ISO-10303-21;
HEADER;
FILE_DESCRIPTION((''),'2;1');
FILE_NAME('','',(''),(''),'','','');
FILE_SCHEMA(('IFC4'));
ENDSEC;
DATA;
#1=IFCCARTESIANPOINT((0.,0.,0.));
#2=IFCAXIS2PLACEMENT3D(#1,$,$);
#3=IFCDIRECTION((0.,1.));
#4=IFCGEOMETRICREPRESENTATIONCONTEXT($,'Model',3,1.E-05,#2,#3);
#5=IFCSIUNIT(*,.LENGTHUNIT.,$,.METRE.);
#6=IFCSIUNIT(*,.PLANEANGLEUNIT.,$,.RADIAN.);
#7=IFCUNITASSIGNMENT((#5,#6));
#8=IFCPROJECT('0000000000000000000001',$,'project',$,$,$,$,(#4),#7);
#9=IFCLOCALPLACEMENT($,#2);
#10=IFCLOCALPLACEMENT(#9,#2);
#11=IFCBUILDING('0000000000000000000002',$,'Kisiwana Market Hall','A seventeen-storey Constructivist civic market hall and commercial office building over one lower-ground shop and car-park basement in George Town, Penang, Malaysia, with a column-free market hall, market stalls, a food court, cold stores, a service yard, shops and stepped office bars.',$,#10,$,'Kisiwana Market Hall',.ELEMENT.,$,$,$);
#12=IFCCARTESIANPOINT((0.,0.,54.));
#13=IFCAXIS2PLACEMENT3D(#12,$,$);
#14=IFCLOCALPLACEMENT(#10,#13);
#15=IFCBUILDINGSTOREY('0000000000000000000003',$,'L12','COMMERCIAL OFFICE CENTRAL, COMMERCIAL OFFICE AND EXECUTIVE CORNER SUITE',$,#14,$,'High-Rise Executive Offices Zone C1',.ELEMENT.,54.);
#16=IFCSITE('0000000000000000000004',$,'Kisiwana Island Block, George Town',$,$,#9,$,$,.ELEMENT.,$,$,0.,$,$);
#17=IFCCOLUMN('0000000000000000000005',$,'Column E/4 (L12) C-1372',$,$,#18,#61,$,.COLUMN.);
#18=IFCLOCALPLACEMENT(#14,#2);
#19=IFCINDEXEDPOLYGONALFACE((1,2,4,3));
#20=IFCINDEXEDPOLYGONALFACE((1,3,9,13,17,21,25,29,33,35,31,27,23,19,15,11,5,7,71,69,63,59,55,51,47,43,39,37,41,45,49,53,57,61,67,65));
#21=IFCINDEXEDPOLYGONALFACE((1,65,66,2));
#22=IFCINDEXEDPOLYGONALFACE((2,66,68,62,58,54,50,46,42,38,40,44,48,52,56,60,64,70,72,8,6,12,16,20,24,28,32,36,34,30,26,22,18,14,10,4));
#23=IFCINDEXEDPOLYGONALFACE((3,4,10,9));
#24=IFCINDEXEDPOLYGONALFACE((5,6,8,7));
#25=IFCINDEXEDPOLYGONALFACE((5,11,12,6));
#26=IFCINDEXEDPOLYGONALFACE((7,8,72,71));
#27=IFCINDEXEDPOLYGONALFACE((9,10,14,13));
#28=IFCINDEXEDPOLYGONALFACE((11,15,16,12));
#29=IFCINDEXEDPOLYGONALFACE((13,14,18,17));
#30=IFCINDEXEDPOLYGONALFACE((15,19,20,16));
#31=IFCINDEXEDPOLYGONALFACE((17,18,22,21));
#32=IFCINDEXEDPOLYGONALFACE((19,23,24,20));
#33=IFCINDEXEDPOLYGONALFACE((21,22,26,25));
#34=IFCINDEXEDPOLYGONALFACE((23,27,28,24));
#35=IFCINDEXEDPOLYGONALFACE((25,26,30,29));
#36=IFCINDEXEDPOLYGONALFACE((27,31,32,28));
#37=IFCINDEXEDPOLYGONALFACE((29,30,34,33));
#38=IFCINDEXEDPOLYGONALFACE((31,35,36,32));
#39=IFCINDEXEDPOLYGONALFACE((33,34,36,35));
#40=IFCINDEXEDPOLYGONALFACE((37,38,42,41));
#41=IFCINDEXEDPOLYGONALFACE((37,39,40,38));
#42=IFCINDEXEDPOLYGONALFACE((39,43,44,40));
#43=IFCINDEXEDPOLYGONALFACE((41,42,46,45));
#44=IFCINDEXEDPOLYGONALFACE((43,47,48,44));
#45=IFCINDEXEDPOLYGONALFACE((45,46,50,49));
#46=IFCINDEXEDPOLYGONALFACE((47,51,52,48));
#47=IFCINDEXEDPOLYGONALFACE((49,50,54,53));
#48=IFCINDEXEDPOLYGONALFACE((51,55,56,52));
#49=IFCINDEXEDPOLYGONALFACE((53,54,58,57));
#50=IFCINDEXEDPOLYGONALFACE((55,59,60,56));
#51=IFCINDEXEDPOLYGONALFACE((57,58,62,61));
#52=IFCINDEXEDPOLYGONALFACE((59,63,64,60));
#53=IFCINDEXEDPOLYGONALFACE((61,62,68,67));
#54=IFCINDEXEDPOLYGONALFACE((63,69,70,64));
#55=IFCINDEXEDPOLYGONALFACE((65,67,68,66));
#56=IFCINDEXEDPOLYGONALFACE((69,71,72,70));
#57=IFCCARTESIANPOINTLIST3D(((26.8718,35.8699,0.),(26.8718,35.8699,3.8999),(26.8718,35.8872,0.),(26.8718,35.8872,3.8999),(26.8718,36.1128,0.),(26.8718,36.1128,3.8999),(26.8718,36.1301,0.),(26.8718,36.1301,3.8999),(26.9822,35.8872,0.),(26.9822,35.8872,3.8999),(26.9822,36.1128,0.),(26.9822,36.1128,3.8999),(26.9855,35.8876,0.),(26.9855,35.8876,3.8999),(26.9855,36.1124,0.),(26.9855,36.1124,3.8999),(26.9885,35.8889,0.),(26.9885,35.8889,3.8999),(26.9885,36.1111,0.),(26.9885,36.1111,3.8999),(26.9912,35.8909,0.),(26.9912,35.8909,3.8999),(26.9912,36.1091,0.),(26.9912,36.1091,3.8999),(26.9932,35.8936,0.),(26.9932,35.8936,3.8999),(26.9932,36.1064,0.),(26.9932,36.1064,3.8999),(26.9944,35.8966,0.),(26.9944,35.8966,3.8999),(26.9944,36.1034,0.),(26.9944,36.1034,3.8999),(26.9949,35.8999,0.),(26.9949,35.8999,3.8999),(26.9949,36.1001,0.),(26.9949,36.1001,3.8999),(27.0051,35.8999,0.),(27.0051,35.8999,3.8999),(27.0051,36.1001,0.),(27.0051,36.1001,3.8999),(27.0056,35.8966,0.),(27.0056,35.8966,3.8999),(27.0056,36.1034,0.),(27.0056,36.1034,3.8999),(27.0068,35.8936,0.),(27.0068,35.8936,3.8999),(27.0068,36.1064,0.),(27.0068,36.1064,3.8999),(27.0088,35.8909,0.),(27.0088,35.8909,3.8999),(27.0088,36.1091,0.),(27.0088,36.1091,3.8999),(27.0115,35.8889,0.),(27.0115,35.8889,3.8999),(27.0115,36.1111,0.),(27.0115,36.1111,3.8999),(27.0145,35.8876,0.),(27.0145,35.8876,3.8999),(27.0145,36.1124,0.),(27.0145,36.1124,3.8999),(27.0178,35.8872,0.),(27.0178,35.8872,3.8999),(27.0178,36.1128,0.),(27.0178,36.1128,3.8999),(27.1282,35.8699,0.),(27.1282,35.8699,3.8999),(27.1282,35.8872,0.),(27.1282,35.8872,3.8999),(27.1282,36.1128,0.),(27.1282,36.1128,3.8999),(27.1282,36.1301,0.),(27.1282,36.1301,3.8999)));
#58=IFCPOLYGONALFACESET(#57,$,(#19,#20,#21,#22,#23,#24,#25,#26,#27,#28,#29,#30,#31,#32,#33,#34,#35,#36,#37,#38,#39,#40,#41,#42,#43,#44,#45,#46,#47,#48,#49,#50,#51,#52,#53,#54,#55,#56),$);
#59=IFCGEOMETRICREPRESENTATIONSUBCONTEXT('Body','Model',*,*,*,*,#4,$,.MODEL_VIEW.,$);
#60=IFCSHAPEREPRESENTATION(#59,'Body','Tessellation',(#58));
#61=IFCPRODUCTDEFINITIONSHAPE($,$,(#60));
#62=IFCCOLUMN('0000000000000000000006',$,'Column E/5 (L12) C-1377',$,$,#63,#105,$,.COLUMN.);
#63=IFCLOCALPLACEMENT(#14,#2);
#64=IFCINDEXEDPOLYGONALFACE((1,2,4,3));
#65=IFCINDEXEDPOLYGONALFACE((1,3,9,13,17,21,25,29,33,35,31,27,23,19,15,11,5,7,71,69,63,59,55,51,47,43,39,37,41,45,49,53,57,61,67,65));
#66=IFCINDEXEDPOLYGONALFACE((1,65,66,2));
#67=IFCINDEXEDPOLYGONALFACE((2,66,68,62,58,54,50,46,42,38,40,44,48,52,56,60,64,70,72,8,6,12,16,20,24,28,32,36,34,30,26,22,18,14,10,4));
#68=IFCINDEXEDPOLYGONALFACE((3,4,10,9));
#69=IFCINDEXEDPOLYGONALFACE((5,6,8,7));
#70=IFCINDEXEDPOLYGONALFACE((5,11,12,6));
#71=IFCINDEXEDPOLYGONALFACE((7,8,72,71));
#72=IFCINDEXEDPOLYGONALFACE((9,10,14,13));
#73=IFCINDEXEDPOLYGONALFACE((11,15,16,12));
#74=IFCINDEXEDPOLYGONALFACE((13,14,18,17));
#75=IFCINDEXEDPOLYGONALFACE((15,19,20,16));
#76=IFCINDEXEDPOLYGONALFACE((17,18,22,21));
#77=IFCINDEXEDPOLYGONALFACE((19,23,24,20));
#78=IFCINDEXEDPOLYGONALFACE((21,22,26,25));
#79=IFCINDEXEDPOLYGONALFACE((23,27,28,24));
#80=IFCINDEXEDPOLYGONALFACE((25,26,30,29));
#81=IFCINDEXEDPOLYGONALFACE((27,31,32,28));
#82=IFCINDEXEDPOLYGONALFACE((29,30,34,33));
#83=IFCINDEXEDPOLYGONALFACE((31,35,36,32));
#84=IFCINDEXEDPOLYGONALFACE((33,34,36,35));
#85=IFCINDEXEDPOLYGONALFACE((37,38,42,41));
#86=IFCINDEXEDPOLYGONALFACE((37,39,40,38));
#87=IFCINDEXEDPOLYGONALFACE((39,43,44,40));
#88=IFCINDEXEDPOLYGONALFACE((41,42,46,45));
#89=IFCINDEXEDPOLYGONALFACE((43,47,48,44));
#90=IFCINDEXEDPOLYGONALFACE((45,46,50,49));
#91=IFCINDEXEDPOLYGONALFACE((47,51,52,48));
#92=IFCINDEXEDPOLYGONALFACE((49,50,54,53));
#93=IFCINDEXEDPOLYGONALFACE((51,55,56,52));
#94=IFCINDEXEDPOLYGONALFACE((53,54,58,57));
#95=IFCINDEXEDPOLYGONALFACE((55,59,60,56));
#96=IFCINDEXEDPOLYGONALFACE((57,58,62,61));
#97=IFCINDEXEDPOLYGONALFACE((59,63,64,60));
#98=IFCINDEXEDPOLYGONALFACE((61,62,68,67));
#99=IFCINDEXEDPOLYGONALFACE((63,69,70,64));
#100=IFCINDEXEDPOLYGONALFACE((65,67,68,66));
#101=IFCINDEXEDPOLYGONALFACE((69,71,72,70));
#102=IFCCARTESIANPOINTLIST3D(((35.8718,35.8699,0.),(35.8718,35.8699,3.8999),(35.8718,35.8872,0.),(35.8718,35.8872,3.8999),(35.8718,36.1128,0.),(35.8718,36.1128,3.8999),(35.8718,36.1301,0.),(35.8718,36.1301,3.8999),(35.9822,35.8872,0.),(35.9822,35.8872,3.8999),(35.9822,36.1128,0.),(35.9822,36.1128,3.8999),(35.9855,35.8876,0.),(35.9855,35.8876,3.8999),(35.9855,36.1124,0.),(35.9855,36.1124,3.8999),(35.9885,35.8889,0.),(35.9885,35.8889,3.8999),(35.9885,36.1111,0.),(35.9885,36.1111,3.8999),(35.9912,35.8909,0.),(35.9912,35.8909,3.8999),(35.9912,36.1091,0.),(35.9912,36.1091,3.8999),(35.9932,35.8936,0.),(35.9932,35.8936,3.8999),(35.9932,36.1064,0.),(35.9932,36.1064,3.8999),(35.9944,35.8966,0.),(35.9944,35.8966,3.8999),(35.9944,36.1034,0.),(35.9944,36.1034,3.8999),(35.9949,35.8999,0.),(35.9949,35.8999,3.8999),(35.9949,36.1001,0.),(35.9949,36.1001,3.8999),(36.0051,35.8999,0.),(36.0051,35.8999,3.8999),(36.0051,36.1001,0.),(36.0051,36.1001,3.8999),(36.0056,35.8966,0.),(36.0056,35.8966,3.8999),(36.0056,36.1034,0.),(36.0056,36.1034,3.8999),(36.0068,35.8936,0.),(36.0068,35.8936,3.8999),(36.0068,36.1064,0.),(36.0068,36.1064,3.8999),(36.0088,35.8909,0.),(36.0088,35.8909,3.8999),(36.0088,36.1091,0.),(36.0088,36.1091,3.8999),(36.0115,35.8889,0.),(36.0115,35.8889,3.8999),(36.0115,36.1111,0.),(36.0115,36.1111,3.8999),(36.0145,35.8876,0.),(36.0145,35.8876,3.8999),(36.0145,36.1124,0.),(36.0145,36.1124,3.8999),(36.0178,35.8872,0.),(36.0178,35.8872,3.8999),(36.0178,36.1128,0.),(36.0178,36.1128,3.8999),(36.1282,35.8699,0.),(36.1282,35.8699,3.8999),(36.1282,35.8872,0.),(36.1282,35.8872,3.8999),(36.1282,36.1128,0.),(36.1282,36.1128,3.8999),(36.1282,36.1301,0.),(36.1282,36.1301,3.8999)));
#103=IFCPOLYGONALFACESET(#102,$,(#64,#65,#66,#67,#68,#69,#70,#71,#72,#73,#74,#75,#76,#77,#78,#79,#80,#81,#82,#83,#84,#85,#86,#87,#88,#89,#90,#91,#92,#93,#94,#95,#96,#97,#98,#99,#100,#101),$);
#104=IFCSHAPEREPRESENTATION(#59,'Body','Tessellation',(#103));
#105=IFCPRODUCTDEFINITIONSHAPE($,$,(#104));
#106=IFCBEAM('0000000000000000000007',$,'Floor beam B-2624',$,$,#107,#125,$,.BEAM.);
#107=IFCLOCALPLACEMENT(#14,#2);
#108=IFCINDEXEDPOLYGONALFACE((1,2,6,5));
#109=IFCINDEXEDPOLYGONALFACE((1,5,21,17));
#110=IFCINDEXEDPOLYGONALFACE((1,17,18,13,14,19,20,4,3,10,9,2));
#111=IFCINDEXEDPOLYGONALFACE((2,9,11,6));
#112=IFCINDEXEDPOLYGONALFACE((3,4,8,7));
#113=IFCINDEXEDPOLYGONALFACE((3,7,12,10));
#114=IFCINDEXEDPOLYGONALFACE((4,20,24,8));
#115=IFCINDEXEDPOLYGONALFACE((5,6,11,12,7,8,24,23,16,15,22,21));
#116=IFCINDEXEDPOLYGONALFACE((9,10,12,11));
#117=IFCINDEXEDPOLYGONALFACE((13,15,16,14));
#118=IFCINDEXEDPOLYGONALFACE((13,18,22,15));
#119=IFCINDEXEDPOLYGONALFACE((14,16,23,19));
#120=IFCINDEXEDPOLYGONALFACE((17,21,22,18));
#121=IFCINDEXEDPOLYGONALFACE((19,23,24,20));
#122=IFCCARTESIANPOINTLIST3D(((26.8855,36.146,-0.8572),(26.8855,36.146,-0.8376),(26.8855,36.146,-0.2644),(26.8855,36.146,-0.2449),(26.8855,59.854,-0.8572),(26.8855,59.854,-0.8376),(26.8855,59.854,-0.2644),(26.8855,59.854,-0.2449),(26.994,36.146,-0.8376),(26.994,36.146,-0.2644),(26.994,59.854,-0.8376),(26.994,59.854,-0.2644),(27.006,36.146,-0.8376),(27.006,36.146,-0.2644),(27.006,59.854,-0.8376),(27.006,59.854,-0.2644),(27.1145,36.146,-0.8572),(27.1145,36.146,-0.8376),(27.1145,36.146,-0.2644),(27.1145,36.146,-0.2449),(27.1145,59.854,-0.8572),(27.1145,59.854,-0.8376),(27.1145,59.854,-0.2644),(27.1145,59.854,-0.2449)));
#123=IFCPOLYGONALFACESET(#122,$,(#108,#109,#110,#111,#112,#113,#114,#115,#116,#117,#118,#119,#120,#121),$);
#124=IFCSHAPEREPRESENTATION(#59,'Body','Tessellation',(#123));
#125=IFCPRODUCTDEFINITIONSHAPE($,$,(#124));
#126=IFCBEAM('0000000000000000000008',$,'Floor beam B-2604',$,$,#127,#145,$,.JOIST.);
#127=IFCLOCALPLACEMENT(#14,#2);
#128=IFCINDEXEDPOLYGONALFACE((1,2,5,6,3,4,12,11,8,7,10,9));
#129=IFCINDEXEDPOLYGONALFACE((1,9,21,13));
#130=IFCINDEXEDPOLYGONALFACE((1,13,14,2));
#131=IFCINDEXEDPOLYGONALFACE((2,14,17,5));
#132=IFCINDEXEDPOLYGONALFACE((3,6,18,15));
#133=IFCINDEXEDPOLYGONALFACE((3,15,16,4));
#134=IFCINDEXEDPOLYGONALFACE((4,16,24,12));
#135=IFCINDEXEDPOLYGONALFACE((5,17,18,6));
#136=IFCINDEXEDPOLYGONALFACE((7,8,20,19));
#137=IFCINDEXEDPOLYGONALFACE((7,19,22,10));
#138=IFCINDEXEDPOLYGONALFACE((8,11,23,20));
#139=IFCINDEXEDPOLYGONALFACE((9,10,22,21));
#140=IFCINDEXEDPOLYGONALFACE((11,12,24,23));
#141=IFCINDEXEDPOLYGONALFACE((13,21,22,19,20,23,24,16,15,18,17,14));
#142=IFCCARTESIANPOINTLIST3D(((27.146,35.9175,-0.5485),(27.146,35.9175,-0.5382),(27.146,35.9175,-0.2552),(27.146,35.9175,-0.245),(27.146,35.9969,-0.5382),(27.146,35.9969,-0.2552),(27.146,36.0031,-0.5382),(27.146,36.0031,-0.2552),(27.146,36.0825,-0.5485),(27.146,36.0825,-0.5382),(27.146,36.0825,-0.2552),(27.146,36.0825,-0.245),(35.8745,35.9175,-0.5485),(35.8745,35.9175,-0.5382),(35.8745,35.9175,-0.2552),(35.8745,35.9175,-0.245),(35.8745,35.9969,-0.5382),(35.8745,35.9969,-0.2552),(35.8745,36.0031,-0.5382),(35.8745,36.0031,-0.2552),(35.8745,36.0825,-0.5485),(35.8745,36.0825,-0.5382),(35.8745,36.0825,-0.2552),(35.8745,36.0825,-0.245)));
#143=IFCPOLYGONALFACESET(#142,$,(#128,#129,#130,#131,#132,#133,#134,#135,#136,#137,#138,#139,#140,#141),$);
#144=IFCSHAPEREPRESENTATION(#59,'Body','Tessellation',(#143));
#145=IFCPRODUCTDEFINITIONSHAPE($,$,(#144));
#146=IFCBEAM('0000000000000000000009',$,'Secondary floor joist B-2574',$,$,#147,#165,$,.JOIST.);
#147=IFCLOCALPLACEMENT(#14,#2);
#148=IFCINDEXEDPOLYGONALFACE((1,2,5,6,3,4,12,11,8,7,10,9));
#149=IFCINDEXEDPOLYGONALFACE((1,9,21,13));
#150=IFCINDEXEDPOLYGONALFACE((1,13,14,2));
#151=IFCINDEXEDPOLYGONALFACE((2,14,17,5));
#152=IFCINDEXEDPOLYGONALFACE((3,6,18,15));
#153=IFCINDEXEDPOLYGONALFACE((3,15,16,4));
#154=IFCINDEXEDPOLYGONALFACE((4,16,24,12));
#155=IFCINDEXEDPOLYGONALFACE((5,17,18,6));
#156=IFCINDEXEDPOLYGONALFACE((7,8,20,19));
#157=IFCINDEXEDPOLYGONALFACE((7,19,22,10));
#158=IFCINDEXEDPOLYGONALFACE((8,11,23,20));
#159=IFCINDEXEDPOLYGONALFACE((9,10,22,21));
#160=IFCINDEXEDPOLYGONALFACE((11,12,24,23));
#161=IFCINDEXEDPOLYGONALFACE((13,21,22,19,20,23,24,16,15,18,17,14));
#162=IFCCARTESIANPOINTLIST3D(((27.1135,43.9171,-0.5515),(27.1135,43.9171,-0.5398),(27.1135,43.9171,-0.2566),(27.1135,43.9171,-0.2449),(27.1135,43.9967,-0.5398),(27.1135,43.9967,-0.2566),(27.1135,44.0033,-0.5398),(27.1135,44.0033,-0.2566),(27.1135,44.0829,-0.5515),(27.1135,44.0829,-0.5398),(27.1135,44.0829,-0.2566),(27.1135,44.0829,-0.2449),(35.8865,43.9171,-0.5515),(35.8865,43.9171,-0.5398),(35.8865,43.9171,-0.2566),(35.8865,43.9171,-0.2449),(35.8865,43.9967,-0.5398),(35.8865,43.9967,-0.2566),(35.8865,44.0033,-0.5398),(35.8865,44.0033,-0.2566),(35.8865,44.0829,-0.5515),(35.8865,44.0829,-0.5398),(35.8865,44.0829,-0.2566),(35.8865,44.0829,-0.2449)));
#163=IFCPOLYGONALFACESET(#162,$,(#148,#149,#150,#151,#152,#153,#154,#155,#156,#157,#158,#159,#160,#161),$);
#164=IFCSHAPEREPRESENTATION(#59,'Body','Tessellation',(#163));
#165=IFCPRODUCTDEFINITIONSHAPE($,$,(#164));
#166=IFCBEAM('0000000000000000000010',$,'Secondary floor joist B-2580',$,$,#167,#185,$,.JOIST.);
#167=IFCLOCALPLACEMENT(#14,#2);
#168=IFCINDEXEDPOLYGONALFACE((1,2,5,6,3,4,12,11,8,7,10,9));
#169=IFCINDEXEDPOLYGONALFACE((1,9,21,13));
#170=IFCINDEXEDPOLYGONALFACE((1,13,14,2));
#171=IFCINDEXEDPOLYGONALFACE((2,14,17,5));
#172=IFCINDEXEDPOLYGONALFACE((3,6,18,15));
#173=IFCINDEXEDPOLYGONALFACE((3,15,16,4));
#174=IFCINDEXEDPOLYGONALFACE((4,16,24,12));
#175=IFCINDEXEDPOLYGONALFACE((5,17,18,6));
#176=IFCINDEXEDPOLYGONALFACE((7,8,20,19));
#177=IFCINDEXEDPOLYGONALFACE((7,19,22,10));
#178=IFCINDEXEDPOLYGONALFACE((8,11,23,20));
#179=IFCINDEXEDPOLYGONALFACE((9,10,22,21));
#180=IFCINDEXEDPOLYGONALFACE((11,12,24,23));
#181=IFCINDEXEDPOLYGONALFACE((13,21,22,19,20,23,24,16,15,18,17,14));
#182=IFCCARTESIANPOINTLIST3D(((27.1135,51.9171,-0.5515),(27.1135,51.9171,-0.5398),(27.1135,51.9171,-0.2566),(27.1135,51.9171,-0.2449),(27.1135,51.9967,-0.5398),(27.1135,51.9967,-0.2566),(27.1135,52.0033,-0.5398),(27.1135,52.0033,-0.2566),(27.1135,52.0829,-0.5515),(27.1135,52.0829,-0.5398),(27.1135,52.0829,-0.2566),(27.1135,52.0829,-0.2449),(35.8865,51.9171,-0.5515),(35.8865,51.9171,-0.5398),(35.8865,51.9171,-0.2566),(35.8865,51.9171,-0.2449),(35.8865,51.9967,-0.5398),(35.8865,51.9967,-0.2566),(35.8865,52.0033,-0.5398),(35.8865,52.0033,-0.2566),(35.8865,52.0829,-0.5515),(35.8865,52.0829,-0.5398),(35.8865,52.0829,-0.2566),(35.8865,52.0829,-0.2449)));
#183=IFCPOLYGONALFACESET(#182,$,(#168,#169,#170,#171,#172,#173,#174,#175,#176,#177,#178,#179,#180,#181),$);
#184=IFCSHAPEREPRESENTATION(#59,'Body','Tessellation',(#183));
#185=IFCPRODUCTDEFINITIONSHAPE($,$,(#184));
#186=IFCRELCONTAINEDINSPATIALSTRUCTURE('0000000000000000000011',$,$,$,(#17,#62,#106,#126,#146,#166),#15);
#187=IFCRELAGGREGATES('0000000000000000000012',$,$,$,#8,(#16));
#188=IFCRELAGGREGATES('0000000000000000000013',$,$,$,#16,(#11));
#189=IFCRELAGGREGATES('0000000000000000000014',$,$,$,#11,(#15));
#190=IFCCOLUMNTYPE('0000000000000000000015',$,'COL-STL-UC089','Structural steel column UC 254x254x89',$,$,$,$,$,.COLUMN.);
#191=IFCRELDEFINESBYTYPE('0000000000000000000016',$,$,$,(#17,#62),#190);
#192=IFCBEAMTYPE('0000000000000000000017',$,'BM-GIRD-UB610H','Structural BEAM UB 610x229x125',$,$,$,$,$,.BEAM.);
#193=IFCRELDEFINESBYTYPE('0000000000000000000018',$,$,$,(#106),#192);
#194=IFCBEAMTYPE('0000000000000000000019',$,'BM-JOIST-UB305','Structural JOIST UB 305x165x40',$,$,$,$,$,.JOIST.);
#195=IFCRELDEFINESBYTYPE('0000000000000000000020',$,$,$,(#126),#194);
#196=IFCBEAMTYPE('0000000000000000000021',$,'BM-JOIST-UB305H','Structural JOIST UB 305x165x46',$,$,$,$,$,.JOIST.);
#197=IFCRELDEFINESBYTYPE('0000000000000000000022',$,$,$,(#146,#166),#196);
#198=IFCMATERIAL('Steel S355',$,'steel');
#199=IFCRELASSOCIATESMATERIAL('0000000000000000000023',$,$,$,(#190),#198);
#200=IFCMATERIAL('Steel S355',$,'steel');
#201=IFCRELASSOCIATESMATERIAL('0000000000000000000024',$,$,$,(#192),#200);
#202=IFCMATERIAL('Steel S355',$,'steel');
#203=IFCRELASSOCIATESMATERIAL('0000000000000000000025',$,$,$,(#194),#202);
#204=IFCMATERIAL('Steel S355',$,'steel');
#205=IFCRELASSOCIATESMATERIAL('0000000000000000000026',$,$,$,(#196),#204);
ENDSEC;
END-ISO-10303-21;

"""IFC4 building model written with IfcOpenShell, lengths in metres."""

from ifc_helpers import new_model, si_unit, direction, frame, origin, origin_2d, place, context, subcontext, project, spatial, i_section, extrude, material, material_profile, profile_set, type_object, element, save


model = new_model("IFC4")

# Units and contexts
model_context = context("Model", 3, precision=1e-05, world=origin(), true_north=direction((0.0, 1.0)))
body_context = subcontext(model_context, "Body", "Model", "MODEL_VIEW")
ifc_project = project(units=[si_unit("LENGTHUNIT", "METRE"), si_unit("PLANEANGLEUNIT", "RADIAN")], contexts=[model_context])

# Site, building, storey
site_placement = place(None, origin())
site = spatial("IfcSite", under=ifc_project, at=site_placement, Name="Kisiwana Island Block, George Town", CompositionType="ELEMENT", RefElevation=0.0)
building_placement = place(site_placement, origin())
building = spatial("IfcBuilding", under=site, at=building_placement, Name="Kisiwana Market Hall", Description="A seventeen-storey Constructivist civic market hall and commercial office building over one lower-ground shop and car-park basement in George Town, Penang, Malaysia, with a column-free market hall, market stalls, a food court, cold stores, a service yard, shops and stepped office bars.", LongName="Kisiwana Market Hall", CompositionType="ELEMENT")
storey_placement = place(building_placement, frame((0.0, 0.0, 54.0)))
storey = spatial("IfcBuildingStorey", under=building, at=storey_placement, Name="L12", Description="COMMERCIAL OFFICE CENTRAL, COMMERCIAL OFFICE AND EXECUTIVE CORNER SUITE", LongName="High-Rise Executive Offices Zone C1", CompositionType="ELEMENT", Elevation=54.0)

# Columns
ifc_material_1 = material(Name="Steel S355", Category="steel")
ifc_material_profile_1 = material_profile(ifc_material_1, i_section(OverallWidth=0.2563, OverallDepth=0.2603, WebThickness=0.0103, FlangeThickness=0.0173, FilletRadius=0.0127, at=origin_2d()), Name="UC 254x254x89")
ifc_profile_set_1 = profile_set([ifc_material_profile_1], Name="Steel S355")
column_type = type_object("IfcColumnType", Name="COL-STL-UC089", Description="Structural steel column UC 254x254x89", PredefinedType="COLUMN", material=ifc_profile_set_1)
for number, where, z_axis, x_axis, name in (
    (1, (27.0, 36.0, 0.0), (0.0, 0.0, 1.0), (1.0, 0.0, 0.0), "Column E/4 (L12) C-1372"),
    (2, (36.0, 36.0, 0.0), (0.0, 0.0, 1.0), (1.0, 0.0, 0.0), "Column E/5 (L12) C-1377"),
):
    element("IfcColumn", number, at=place(storey_placement, frame(where, z_axis=z_axis, x_axis=x_axis)), inside=storey, type_object=column_type, Name=name, PredefinedType="COLUMN", context=body_context, shape_type="SweptSolid", body=[
        extrude(i_section(OverallWidth=0.2563, OverallDepth=0.2603, WebThickness=0.0103, FlangeThickness=0.0173, FilletRadius=0.0127, at=origin_2d()), origin(), (0.0, 0.0, 1.0), 3.8999),
    ])

# Beams
ifc_material_2 = material(Name="Steel S355", Category="steel")
ifc_material_profile_2 = material_profile(ifc_material_2, i_section(OverallWidth=0.229, OverallDepth=0.6123, WebThickness=0.012, FlangeThickness=0.0195, at=origin_2d()), Name="UB 610x229x125")
ifc_profile_set_2 = profile_set([ifc_material_profile_2], Name="Steel S355")
beam_type_1 = type_object("IfcBeamType", Name="BM-GIRD-UB610H", Description="Structural BEAM UB 610x229x125", PredefinedType="BEAM", material=ifc_profile_set_2)
beam_1_placement = place(storey_placement, frame((27.0, 36.146, -0.551), z_axis=(0.0, 1.0, 0.0), x_axis=(-1.0, 0.0, 0.0)))
element("IfcBeam", 3, at=beam_1_placement, inside=storey, type_object=beam_type_1, Name="Floor beam B-2624", PredefinedType="BEAM", context=body_context, shape_type="SweptSolid", body=[
    extrude(i_section(OverallWidth=0.229, OverallDepth=0.6123, WebThickness=0.012, FlangeThickness=0.0195, at=origin_2d()), origin(), (0.0, 0.0, 1.0), 23.708),
])
ifc_material_3 = material(Name="Steel S355", Category="steel")
ifc_material_profile_3 = material_profile(ifc_material_3, i_section(OverallWidth=0.165, OverallDepth=0.3035, WebThickness=0.0061, FlangeThickness=0.0103, at=origin_2d()), Name="UB 305x165x40")
ifc_profile_set_3 = profile_set([ifc_material_profile_3], Name="Steel S355")
beam_type_2 = type_object("IfcBeamType", Name="BM-JOIST-UB305", Description="Structural JOIST UB 305x165x40", PredefinedType="JOIST", material=ifc_profile_set_3)
beam_2_placement = place(storey_placement, frame((27.146, 36.0, -0.3967), z_axis=(1.0, 0.0, 0.0), x_axis=(0.0, 1.0, 0.0)))
element("IfcBeam", 4, at=beam_2_placement, inside=storey, type_object=beam_type_2, Name="Floor beam B-2604", PredefinedType="JOIST", context=body_context, shape_type="SweptSolid", body=[
    extrude(i_section(OverallWidth=0.165, OverallDepth=0.3035, WebThickness=0.0061, FlangeThickness=0.0103, at=origin_2d()), origin(), (0.0, 0.0, 1.0), 8.7285),
])
ifc_material_4 = material(Name="Steel S355", Category="steel")
ifc_material_profile_4 = material_profile(ifc_material_4, i_section(OverallWidth=0.1658, OverallDepth=0.3066, WebThickness=0.0066, FlangeThickness=0.0117, at=origin_2d()), Name="UB 305x165x46")
ifc_profile_set_4 = profile_set([ifc_material_profile_4], Name="Steel S355")
beam_type_3 = type_object("IfcBeamType", Name="BM-JOIST-UB305H", Description="Structural JOIST UB 305x165x46", PredefinedType="JOIST", material=ifc_profile_set_4)
for number, where, z_axis, x_axis, name in (
    (5, (27.1135, 44.0, -0.3982), (1.0, 0.0, 0.0), (0.0, 1.0, 0.0), "Secondary floor joist B-2574"),
    (6, (27.1135, 52.0, -0.3982), (1.0, 0.0, 0.0), (0.0, 1.0, 0.0), "Secondary floor joist B-2580"),
):
    element("IfcBeam", number, at=place(storey_placement, frame(where, z_axis=z_axis, x_axis=x_axis)), inside=storey, type_object=beam_type_3, Name=name, PredefinedType="JOIST", context=body_context, shape_type="SweptSolid", body=[
        extrude(i_section(OverallWidth=0.1658, OverallDepth=0.3066, WebThickness=0.0066, FlangeThickness=0.0117, at=origin_2d()), origin(), (0.0, 0.0, 1.0), 8.7729),
    ])

save(model, "model.ifc")
